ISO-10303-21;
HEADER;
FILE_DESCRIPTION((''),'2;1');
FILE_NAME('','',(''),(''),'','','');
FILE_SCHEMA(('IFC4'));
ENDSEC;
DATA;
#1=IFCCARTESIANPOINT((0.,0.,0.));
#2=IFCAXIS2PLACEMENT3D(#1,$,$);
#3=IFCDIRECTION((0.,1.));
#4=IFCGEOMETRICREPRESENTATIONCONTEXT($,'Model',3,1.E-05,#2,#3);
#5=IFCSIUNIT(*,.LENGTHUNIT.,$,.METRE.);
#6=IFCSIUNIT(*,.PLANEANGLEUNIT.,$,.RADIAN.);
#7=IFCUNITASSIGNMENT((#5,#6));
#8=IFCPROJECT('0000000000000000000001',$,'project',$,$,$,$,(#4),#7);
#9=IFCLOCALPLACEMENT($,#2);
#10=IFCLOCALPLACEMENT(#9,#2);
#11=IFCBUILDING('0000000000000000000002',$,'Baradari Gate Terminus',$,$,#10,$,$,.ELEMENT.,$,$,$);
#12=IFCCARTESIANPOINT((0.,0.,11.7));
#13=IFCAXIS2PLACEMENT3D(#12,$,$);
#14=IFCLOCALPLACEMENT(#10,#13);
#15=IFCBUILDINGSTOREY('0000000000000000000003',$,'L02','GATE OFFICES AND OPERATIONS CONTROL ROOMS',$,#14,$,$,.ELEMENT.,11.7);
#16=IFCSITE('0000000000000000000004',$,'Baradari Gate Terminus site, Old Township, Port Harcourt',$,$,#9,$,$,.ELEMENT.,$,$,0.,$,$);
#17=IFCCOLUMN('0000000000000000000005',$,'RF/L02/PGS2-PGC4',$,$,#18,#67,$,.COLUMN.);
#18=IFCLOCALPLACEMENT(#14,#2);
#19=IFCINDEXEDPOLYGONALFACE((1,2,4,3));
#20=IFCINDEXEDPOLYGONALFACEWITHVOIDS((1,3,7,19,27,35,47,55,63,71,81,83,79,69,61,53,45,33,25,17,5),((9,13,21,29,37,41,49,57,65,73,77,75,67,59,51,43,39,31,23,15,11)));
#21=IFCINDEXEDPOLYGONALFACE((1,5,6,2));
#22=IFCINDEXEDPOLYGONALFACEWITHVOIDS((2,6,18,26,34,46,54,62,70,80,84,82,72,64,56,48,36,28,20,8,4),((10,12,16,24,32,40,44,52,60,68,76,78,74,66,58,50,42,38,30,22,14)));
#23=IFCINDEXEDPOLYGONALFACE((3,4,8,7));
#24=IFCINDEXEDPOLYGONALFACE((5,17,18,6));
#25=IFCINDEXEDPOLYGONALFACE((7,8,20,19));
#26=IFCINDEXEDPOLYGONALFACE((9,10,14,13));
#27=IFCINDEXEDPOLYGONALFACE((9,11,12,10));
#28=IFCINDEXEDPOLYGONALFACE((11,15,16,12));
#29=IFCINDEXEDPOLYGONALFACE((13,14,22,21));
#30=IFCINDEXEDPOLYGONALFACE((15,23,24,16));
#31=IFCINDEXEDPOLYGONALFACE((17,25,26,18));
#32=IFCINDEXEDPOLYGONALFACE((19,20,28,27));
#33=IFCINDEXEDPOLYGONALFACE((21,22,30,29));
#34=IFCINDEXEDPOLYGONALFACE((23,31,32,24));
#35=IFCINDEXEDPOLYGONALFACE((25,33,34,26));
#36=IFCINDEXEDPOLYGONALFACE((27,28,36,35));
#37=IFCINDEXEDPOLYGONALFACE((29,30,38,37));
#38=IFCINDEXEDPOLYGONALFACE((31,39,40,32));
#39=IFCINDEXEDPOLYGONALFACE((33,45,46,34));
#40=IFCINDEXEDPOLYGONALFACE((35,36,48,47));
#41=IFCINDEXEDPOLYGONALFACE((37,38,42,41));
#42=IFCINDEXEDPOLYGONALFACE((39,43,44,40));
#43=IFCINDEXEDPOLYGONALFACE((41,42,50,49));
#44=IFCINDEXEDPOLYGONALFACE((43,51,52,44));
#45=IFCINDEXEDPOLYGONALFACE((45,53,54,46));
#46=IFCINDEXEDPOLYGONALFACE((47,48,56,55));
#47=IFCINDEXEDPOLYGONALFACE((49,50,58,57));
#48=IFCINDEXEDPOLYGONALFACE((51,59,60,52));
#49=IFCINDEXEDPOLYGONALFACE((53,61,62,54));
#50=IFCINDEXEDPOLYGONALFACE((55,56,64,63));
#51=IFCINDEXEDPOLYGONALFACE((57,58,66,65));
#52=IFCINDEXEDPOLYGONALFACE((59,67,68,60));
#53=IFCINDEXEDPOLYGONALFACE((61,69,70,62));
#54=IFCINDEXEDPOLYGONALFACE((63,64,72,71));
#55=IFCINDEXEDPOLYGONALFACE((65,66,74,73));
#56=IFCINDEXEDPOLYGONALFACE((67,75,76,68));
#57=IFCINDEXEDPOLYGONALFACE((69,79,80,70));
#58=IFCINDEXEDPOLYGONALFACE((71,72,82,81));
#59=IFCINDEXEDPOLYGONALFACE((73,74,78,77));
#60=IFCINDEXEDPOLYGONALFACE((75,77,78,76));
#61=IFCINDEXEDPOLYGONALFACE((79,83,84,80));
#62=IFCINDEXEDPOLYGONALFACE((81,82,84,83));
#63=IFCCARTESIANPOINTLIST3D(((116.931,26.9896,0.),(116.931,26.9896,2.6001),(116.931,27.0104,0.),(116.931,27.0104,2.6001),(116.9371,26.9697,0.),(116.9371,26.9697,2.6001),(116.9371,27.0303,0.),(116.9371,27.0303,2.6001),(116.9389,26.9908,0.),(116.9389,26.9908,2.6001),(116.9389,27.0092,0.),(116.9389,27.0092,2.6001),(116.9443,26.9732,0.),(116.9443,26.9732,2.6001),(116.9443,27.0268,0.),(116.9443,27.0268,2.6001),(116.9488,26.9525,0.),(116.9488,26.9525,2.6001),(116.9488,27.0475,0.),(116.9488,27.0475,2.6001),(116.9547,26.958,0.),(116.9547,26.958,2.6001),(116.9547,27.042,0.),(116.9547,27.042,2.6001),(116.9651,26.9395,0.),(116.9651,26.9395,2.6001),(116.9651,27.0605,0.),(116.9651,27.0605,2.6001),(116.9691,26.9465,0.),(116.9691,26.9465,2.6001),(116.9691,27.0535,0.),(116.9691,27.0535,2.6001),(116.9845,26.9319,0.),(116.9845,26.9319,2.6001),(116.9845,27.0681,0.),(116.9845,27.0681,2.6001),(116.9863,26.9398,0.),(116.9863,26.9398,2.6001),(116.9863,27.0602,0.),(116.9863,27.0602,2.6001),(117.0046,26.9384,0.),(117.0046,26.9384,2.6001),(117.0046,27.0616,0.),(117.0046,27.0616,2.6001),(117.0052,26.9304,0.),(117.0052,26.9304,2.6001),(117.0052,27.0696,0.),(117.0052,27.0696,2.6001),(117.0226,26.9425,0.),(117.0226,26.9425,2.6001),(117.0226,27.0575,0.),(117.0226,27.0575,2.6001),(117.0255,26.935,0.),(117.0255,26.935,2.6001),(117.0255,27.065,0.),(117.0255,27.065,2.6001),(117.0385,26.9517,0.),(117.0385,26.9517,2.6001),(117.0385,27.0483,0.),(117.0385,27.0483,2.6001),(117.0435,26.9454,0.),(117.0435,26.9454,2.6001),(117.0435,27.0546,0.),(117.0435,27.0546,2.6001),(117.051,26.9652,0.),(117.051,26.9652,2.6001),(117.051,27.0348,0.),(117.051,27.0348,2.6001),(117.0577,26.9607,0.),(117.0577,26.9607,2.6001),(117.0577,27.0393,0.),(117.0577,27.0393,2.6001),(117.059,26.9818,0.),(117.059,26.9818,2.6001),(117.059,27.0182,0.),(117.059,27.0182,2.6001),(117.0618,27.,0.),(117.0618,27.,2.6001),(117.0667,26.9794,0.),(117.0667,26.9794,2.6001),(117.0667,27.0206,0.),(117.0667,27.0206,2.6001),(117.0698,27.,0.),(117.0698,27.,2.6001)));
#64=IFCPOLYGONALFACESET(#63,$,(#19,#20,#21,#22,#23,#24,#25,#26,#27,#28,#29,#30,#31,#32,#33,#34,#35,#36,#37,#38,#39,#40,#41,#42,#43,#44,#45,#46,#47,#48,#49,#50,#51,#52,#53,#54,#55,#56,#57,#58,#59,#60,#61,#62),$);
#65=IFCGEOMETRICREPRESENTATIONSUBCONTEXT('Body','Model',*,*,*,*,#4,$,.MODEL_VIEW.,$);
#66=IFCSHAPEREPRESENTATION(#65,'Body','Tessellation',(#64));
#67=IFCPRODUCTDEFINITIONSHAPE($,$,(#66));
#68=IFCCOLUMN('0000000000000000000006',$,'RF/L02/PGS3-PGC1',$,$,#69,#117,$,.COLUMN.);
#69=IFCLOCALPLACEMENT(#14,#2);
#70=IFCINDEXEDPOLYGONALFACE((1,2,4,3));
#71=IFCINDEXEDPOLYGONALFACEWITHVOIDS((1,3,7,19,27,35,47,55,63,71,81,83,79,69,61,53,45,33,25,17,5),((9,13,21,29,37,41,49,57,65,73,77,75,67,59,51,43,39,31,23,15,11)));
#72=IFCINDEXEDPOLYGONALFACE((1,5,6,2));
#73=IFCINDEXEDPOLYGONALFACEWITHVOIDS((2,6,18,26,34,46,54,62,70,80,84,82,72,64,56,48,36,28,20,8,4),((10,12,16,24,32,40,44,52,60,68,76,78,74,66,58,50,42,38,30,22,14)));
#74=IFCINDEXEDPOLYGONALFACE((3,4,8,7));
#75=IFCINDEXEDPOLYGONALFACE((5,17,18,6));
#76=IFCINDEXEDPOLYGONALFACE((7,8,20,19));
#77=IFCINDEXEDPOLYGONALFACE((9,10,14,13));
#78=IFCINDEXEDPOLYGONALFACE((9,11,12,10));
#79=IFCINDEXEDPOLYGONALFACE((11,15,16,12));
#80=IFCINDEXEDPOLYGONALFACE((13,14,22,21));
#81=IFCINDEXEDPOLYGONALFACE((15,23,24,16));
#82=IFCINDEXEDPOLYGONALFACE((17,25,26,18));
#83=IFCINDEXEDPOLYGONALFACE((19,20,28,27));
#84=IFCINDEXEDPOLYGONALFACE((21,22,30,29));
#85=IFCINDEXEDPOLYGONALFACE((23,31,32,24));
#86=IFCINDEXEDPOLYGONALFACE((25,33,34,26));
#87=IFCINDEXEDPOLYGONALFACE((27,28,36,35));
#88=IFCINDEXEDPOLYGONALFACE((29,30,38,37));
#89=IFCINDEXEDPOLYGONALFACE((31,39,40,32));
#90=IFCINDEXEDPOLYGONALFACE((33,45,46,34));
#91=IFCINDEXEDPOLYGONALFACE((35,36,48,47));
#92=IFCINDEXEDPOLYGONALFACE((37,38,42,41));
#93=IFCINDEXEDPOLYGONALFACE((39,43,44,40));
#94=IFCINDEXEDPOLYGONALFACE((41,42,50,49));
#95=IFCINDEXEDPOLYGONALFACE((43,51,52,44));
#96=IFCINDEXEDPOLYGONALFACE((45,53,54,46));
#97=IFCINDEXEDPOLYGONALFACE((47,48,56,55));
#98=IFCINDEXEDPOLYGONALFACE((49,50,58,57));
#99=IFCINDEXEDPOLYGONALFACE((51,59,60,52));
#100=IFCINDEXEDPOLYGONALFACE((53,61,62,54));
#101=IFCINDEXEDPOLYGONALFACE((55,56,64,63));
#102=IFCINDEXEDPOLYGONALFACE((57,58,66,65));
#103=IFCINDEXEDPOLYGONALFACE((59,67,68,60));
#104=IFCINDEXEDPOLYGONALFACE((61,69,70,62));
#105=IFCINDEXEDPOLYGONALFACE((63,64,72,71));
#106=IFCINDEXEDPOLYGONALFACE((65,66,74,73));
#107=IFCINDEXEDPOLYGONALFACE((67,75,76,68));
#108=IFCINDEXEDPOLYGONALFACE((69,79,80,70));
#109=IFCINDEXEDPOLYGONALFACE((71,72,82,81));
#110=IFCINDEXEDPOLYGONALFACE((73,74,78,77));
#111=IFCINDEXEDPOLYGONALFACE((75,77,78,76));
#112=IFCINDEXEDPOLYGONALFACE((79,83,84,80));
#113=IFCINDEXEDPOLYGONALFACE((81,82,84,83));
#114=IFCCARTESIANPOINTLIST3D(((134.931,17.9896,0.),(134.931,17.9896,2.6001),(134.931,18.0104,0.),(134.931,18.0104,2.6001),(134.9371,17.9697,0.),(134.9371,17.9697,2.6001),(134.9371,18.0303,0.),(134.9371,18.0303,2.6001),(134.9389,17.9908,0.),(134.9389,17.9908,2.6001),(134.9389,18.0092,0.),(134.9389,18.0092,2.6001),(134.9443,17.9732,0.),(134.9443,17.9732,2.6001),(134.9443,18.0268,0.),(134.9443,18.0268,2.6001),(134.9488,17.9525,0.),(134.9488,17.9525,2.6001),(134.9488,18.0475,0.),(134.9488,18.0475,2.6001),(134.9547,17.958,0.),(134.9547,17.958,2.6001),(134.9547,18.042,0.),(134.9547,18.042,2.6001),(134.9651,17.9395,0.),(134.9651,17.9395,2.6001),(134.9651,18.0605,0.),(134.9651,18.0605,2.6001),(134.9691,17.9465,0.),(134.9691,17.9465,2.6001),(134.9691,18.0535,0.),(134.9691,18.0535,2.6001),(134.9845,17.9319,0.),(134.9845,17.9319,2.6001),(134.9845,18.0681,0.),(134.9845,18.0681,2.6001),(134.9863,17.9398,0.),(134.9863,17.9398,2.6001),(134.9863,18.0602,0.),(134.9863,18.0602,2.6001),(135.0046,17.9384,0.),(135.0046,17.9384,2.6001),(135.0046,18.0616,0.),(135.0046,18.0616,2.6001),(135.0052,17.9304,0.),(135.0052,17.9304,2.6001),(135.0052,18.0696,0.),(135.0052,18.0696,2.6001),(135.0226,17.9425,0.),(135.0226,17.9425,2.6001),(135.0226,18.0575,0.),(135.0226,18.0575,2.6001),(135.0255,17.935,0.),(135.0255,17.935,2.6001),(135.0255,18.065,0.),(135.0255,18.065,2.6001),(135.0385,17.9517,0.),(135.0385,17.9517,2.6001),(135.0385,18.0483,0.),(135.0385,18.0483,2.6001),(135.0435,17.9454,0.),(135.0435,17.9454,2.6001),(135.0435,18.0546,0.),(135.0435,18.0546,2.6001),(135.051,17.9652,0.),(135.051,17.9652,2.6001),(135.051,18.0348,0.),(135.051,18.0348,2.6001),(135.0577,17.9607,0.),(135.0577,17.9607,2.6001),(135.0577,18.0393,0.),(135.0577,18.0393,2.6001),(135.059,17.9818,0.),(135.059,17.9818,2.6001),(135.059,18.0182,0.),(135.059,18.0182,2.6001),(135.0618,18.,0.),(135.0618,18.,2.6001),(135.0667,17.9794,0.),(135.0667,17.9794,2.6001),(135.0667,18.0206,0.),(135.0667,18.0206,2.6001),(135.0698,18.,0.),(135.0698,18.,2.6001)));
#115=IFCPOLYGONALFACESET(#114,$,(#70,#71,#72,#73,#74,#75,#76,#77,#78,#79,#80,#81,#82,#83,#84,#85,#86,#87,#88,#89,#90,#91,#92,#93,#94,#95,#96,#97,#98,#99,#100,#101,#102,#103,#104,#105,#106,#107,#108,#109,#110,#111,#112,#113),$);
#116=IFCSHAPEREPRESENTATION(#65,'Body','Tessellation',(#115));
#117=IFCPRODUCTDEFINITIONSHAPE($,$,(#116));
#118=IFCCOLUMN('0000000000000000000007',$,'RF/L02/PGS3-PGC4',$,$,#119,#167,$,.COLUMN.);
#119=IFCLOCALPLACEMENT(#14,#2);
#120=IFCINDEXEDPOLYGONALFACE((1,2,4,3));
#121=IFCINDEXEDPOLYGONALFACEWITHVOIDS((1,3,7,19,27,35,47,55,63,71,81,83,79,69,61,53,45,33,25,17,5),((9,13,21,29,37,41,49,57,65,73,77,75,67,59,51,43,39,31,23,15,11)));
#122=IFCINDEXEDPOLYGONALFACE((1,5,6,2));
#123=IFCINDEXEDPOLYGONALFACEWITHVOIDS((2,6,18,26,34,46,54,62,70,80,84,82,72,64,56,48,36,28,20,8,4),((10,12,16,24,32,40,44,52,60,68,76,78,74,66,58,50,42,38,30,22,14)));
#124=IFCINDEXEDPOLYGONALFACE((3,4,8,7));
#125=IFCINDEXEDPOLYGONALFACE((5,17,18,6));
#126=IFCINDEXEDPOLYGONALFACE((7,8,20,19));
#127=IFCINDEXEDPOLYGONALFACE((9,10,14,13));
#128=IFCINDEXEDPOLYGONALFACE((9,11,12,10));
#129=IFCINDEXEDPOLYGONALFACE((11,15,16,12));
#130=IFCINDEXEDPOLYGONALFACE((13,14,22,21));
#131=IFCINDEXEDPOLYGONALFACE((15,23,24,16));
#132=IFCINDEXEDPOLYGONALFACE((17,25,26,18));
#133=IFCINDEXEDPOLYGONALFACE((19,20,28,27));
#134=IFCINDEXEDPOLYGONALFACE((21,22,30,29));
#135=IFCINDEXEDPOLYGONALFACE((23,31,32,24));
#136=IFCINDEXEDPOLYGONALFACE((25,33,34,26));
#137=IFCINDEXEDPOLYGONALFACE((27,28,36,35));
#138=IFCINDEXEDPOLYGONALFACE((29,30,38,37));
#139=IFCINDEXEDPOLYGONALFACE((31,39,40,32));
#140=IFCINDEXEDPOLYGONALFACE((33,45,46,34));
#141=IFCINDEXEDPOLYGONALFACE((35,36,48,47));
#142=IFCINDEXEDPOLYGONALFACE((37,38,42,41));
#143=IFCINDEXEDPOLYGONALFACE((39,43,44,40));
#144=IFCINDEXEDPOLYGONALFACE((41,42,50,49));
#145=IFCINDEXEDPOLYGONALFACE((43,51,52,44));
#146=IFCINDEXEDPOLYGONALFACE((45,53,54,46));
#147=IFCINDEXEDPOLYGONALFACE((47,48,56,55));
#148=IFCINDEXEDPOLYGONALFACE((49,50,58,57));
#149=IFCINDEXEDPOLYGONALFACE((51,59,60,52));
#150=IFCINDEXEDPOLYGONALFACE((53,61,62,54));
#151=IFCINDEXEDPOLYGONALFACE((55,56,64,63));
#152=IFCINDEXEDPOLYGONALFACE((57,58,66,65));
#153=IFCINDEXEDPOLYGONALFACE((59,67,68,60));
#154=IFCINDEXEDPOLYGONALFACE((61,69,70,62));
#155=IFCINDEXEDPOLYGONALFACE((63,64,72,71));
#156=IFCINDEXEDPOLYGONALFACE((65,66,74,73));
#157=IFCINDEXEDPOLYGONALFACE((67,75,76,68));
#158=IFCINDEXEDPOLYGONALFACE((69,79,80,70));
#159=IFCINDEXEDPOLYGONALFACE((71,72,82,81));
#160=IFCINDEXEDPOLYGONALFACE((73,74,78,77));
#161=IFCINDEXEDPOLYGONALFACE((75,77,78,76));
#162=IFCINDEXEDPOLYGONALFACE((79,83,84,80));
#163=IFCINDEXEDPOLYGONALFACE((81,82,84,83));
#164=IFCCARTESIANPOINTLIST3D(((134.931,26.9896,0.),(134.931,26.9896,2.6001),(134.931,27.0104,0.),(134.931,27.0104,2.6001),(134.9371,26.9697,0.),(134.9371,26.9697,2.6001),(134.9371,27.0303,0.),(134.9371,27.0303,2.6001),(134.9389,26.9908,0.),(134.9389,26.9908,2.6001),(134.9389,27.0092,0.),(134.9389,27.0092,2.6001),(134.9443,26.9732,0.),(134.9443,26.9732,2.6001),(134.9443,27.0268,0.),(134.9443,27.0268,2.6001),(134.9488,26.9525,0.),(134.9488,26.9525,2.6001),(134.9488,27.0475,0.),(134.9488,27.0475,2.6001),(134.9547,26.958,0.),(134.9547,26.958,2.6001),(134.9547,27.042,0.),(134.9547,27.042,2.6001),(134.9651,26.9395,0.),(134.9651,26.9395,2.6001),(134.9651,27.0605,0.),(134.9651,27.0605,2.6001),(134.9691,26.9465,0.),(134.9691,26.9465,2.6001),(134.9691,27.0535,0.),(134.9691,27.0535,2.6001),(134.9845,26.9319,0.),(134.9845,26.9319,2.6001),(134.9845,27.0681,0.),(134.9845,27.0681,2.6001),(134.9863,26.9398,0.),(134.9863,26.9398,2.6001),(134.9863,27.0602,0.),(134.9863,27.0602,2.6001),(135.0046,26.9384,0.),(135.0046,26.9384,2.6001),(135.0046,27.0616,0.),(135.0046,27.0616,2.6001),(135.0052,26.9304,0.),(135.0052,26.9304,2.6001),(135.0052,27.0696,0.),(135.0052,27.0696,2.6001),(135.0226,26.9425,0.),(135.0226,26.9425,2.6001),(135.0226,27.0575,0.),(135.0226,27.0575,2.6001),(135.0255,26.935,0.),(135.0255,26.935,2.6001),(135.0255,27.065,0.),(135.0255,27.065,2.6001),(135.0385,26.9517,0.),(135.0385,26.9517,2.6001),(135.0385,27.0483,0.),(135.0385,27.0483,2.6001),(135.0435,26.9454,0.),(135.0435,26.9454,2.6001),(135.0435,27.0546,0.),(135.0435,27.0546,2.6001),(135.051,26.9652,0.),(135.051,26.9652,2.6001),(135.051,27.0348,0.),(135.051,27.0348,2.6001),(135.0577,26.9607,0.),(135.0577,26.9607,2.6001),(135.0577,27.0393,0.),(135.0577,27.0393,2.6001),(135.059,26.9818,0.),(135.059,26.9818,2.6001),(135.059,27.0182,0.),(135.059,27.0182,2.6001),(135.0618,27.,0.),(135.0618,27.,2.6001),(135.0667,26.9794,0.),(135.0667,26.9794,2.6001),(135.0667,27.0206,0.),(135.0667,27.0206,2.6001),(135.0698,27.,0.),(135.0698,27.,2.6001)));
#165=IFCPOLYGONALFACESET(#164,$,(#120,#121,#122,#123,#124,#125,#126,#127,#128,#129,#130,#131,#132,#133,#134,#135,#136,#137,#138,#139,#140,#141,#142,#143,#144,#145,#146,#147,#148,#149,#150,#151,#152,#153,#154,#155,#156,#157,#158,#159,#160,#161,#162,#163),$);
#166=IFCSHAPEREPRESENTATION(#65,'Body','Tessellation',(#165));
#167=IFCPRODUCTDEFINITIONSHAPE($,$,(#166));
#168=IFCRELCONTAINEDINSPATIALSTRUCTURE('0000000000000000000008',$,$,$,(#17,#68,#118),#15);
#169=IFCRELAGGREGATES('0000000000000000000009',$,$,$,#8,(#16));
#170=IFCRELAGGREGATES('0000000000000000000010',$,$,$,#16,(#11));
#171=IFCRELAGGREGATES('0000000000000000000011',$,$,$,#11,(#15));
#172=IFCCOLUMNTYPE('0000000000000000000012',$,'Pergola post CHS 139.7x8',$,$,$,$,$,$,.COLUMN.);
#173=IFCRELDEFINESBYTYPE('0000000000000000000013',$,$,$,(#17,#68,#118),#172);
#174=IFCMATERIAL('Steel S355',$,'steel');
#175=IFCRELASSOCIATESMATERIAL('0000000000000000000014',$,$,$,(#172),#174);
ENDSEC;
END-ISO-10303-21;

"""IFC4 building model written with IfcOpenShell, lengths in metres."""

from ifc_helpers import new_model, si_unit, direction, frame, origin, origin_2d, place, context, subcontext, project, spatial, hollow_circle, extrude, material, material_profile, profile_set, type_object, element, save


model = new_model("IFC4")

# Units and contexts
model_context = context("Model", 3, precision=1e-05, world=origin(), true_north=direction((0.0, 1.0)))
body_context = subcontext(model_context, "Body", "Model", "MODEL_VIEW")
ifc_project = project(units=[si_unit("LENGTHUNIT", "METRE"), si_unit("PLANEANGLEUNIT", "RADIAN")], contexts=[model_context])

# Site, building, storey
site_placement = place(None, origin())
site = spatial("IfcSite", under=ifc_project, at=site_placement, Name="Baradari Gate Terminus site, Old Township, Port Harcourt", CompositionType="ELEMENT", RefElevation=0.0)
building_placement = place(site_placement, origin())
building = spatial("IfcBuilding", under=site, at=building_placement, Name="Baradari Gate Terminus", CompositionType="ELEMENT")
storey_placement = place(building_placement, frame((0.0, 0.0, 11.7)))
storey = spatial("IfcBuildingStorey", under=building, at=storey_placement, Name="L02", Description="GATE OFFICES AND OPERATIONS CONTROL ROOMS", CompositionType="ELEMENT", Elevation=11.7)

# Columns
ifc_material_1 = material(Name="Steel S355", Category="steel")
ifc_material_profile_1 = material_profile(ifc_material_1, hollow_circle(Radius=0.0698, WallThickness=0.0081, at=origin_2d()), Name="CHS 139.7x8")
ifc_profile_set_1 = profile_set([ifc_material_profile_1], Name="Steel S355")
column_type = type_object("IfcColumnType", Name="Pergola post CHS 139.7x8", PredefinedType="COLUMN", material=ifc_profile_set_1)
for number, where, z_axis, x_axis, name in (
    (1, (117.0, 27.0, 0.0), (0.0, 0.0, 1.0), (1.0, 0.0, 0.0), "RF/L02/PGS2-PGC4"),
    (2, (135.0, 18.0, 0.0), (0.0, 0.0, 1.0), (1.0, 0.0, 0.0), "RF/L02/PGS3-PGC1"),
    (3, (135.0, 27.0, 0.0), (0.0, 0.0, 1.0), (1.0, 0.0, 0.0), "RF/L02/PGS3-PGC4"),
):
    element("IfcColumn", number, at=place(storey_placement, frame(where, z_axis=z_axis, x_axis=x_axis)), inside=storey, type_object=column_type, Name=name, PredefinedType="COLUMN", context=body_context, shape_type="SweptSolid", body=[
        extrude(hollow_circle(Radius=0.0698, WallThickness=0.0081, at=origin_2d()), origin(), (0.0, 0.0, 1.0), 2.6001),
    ])

save(model, "model.ifc")
